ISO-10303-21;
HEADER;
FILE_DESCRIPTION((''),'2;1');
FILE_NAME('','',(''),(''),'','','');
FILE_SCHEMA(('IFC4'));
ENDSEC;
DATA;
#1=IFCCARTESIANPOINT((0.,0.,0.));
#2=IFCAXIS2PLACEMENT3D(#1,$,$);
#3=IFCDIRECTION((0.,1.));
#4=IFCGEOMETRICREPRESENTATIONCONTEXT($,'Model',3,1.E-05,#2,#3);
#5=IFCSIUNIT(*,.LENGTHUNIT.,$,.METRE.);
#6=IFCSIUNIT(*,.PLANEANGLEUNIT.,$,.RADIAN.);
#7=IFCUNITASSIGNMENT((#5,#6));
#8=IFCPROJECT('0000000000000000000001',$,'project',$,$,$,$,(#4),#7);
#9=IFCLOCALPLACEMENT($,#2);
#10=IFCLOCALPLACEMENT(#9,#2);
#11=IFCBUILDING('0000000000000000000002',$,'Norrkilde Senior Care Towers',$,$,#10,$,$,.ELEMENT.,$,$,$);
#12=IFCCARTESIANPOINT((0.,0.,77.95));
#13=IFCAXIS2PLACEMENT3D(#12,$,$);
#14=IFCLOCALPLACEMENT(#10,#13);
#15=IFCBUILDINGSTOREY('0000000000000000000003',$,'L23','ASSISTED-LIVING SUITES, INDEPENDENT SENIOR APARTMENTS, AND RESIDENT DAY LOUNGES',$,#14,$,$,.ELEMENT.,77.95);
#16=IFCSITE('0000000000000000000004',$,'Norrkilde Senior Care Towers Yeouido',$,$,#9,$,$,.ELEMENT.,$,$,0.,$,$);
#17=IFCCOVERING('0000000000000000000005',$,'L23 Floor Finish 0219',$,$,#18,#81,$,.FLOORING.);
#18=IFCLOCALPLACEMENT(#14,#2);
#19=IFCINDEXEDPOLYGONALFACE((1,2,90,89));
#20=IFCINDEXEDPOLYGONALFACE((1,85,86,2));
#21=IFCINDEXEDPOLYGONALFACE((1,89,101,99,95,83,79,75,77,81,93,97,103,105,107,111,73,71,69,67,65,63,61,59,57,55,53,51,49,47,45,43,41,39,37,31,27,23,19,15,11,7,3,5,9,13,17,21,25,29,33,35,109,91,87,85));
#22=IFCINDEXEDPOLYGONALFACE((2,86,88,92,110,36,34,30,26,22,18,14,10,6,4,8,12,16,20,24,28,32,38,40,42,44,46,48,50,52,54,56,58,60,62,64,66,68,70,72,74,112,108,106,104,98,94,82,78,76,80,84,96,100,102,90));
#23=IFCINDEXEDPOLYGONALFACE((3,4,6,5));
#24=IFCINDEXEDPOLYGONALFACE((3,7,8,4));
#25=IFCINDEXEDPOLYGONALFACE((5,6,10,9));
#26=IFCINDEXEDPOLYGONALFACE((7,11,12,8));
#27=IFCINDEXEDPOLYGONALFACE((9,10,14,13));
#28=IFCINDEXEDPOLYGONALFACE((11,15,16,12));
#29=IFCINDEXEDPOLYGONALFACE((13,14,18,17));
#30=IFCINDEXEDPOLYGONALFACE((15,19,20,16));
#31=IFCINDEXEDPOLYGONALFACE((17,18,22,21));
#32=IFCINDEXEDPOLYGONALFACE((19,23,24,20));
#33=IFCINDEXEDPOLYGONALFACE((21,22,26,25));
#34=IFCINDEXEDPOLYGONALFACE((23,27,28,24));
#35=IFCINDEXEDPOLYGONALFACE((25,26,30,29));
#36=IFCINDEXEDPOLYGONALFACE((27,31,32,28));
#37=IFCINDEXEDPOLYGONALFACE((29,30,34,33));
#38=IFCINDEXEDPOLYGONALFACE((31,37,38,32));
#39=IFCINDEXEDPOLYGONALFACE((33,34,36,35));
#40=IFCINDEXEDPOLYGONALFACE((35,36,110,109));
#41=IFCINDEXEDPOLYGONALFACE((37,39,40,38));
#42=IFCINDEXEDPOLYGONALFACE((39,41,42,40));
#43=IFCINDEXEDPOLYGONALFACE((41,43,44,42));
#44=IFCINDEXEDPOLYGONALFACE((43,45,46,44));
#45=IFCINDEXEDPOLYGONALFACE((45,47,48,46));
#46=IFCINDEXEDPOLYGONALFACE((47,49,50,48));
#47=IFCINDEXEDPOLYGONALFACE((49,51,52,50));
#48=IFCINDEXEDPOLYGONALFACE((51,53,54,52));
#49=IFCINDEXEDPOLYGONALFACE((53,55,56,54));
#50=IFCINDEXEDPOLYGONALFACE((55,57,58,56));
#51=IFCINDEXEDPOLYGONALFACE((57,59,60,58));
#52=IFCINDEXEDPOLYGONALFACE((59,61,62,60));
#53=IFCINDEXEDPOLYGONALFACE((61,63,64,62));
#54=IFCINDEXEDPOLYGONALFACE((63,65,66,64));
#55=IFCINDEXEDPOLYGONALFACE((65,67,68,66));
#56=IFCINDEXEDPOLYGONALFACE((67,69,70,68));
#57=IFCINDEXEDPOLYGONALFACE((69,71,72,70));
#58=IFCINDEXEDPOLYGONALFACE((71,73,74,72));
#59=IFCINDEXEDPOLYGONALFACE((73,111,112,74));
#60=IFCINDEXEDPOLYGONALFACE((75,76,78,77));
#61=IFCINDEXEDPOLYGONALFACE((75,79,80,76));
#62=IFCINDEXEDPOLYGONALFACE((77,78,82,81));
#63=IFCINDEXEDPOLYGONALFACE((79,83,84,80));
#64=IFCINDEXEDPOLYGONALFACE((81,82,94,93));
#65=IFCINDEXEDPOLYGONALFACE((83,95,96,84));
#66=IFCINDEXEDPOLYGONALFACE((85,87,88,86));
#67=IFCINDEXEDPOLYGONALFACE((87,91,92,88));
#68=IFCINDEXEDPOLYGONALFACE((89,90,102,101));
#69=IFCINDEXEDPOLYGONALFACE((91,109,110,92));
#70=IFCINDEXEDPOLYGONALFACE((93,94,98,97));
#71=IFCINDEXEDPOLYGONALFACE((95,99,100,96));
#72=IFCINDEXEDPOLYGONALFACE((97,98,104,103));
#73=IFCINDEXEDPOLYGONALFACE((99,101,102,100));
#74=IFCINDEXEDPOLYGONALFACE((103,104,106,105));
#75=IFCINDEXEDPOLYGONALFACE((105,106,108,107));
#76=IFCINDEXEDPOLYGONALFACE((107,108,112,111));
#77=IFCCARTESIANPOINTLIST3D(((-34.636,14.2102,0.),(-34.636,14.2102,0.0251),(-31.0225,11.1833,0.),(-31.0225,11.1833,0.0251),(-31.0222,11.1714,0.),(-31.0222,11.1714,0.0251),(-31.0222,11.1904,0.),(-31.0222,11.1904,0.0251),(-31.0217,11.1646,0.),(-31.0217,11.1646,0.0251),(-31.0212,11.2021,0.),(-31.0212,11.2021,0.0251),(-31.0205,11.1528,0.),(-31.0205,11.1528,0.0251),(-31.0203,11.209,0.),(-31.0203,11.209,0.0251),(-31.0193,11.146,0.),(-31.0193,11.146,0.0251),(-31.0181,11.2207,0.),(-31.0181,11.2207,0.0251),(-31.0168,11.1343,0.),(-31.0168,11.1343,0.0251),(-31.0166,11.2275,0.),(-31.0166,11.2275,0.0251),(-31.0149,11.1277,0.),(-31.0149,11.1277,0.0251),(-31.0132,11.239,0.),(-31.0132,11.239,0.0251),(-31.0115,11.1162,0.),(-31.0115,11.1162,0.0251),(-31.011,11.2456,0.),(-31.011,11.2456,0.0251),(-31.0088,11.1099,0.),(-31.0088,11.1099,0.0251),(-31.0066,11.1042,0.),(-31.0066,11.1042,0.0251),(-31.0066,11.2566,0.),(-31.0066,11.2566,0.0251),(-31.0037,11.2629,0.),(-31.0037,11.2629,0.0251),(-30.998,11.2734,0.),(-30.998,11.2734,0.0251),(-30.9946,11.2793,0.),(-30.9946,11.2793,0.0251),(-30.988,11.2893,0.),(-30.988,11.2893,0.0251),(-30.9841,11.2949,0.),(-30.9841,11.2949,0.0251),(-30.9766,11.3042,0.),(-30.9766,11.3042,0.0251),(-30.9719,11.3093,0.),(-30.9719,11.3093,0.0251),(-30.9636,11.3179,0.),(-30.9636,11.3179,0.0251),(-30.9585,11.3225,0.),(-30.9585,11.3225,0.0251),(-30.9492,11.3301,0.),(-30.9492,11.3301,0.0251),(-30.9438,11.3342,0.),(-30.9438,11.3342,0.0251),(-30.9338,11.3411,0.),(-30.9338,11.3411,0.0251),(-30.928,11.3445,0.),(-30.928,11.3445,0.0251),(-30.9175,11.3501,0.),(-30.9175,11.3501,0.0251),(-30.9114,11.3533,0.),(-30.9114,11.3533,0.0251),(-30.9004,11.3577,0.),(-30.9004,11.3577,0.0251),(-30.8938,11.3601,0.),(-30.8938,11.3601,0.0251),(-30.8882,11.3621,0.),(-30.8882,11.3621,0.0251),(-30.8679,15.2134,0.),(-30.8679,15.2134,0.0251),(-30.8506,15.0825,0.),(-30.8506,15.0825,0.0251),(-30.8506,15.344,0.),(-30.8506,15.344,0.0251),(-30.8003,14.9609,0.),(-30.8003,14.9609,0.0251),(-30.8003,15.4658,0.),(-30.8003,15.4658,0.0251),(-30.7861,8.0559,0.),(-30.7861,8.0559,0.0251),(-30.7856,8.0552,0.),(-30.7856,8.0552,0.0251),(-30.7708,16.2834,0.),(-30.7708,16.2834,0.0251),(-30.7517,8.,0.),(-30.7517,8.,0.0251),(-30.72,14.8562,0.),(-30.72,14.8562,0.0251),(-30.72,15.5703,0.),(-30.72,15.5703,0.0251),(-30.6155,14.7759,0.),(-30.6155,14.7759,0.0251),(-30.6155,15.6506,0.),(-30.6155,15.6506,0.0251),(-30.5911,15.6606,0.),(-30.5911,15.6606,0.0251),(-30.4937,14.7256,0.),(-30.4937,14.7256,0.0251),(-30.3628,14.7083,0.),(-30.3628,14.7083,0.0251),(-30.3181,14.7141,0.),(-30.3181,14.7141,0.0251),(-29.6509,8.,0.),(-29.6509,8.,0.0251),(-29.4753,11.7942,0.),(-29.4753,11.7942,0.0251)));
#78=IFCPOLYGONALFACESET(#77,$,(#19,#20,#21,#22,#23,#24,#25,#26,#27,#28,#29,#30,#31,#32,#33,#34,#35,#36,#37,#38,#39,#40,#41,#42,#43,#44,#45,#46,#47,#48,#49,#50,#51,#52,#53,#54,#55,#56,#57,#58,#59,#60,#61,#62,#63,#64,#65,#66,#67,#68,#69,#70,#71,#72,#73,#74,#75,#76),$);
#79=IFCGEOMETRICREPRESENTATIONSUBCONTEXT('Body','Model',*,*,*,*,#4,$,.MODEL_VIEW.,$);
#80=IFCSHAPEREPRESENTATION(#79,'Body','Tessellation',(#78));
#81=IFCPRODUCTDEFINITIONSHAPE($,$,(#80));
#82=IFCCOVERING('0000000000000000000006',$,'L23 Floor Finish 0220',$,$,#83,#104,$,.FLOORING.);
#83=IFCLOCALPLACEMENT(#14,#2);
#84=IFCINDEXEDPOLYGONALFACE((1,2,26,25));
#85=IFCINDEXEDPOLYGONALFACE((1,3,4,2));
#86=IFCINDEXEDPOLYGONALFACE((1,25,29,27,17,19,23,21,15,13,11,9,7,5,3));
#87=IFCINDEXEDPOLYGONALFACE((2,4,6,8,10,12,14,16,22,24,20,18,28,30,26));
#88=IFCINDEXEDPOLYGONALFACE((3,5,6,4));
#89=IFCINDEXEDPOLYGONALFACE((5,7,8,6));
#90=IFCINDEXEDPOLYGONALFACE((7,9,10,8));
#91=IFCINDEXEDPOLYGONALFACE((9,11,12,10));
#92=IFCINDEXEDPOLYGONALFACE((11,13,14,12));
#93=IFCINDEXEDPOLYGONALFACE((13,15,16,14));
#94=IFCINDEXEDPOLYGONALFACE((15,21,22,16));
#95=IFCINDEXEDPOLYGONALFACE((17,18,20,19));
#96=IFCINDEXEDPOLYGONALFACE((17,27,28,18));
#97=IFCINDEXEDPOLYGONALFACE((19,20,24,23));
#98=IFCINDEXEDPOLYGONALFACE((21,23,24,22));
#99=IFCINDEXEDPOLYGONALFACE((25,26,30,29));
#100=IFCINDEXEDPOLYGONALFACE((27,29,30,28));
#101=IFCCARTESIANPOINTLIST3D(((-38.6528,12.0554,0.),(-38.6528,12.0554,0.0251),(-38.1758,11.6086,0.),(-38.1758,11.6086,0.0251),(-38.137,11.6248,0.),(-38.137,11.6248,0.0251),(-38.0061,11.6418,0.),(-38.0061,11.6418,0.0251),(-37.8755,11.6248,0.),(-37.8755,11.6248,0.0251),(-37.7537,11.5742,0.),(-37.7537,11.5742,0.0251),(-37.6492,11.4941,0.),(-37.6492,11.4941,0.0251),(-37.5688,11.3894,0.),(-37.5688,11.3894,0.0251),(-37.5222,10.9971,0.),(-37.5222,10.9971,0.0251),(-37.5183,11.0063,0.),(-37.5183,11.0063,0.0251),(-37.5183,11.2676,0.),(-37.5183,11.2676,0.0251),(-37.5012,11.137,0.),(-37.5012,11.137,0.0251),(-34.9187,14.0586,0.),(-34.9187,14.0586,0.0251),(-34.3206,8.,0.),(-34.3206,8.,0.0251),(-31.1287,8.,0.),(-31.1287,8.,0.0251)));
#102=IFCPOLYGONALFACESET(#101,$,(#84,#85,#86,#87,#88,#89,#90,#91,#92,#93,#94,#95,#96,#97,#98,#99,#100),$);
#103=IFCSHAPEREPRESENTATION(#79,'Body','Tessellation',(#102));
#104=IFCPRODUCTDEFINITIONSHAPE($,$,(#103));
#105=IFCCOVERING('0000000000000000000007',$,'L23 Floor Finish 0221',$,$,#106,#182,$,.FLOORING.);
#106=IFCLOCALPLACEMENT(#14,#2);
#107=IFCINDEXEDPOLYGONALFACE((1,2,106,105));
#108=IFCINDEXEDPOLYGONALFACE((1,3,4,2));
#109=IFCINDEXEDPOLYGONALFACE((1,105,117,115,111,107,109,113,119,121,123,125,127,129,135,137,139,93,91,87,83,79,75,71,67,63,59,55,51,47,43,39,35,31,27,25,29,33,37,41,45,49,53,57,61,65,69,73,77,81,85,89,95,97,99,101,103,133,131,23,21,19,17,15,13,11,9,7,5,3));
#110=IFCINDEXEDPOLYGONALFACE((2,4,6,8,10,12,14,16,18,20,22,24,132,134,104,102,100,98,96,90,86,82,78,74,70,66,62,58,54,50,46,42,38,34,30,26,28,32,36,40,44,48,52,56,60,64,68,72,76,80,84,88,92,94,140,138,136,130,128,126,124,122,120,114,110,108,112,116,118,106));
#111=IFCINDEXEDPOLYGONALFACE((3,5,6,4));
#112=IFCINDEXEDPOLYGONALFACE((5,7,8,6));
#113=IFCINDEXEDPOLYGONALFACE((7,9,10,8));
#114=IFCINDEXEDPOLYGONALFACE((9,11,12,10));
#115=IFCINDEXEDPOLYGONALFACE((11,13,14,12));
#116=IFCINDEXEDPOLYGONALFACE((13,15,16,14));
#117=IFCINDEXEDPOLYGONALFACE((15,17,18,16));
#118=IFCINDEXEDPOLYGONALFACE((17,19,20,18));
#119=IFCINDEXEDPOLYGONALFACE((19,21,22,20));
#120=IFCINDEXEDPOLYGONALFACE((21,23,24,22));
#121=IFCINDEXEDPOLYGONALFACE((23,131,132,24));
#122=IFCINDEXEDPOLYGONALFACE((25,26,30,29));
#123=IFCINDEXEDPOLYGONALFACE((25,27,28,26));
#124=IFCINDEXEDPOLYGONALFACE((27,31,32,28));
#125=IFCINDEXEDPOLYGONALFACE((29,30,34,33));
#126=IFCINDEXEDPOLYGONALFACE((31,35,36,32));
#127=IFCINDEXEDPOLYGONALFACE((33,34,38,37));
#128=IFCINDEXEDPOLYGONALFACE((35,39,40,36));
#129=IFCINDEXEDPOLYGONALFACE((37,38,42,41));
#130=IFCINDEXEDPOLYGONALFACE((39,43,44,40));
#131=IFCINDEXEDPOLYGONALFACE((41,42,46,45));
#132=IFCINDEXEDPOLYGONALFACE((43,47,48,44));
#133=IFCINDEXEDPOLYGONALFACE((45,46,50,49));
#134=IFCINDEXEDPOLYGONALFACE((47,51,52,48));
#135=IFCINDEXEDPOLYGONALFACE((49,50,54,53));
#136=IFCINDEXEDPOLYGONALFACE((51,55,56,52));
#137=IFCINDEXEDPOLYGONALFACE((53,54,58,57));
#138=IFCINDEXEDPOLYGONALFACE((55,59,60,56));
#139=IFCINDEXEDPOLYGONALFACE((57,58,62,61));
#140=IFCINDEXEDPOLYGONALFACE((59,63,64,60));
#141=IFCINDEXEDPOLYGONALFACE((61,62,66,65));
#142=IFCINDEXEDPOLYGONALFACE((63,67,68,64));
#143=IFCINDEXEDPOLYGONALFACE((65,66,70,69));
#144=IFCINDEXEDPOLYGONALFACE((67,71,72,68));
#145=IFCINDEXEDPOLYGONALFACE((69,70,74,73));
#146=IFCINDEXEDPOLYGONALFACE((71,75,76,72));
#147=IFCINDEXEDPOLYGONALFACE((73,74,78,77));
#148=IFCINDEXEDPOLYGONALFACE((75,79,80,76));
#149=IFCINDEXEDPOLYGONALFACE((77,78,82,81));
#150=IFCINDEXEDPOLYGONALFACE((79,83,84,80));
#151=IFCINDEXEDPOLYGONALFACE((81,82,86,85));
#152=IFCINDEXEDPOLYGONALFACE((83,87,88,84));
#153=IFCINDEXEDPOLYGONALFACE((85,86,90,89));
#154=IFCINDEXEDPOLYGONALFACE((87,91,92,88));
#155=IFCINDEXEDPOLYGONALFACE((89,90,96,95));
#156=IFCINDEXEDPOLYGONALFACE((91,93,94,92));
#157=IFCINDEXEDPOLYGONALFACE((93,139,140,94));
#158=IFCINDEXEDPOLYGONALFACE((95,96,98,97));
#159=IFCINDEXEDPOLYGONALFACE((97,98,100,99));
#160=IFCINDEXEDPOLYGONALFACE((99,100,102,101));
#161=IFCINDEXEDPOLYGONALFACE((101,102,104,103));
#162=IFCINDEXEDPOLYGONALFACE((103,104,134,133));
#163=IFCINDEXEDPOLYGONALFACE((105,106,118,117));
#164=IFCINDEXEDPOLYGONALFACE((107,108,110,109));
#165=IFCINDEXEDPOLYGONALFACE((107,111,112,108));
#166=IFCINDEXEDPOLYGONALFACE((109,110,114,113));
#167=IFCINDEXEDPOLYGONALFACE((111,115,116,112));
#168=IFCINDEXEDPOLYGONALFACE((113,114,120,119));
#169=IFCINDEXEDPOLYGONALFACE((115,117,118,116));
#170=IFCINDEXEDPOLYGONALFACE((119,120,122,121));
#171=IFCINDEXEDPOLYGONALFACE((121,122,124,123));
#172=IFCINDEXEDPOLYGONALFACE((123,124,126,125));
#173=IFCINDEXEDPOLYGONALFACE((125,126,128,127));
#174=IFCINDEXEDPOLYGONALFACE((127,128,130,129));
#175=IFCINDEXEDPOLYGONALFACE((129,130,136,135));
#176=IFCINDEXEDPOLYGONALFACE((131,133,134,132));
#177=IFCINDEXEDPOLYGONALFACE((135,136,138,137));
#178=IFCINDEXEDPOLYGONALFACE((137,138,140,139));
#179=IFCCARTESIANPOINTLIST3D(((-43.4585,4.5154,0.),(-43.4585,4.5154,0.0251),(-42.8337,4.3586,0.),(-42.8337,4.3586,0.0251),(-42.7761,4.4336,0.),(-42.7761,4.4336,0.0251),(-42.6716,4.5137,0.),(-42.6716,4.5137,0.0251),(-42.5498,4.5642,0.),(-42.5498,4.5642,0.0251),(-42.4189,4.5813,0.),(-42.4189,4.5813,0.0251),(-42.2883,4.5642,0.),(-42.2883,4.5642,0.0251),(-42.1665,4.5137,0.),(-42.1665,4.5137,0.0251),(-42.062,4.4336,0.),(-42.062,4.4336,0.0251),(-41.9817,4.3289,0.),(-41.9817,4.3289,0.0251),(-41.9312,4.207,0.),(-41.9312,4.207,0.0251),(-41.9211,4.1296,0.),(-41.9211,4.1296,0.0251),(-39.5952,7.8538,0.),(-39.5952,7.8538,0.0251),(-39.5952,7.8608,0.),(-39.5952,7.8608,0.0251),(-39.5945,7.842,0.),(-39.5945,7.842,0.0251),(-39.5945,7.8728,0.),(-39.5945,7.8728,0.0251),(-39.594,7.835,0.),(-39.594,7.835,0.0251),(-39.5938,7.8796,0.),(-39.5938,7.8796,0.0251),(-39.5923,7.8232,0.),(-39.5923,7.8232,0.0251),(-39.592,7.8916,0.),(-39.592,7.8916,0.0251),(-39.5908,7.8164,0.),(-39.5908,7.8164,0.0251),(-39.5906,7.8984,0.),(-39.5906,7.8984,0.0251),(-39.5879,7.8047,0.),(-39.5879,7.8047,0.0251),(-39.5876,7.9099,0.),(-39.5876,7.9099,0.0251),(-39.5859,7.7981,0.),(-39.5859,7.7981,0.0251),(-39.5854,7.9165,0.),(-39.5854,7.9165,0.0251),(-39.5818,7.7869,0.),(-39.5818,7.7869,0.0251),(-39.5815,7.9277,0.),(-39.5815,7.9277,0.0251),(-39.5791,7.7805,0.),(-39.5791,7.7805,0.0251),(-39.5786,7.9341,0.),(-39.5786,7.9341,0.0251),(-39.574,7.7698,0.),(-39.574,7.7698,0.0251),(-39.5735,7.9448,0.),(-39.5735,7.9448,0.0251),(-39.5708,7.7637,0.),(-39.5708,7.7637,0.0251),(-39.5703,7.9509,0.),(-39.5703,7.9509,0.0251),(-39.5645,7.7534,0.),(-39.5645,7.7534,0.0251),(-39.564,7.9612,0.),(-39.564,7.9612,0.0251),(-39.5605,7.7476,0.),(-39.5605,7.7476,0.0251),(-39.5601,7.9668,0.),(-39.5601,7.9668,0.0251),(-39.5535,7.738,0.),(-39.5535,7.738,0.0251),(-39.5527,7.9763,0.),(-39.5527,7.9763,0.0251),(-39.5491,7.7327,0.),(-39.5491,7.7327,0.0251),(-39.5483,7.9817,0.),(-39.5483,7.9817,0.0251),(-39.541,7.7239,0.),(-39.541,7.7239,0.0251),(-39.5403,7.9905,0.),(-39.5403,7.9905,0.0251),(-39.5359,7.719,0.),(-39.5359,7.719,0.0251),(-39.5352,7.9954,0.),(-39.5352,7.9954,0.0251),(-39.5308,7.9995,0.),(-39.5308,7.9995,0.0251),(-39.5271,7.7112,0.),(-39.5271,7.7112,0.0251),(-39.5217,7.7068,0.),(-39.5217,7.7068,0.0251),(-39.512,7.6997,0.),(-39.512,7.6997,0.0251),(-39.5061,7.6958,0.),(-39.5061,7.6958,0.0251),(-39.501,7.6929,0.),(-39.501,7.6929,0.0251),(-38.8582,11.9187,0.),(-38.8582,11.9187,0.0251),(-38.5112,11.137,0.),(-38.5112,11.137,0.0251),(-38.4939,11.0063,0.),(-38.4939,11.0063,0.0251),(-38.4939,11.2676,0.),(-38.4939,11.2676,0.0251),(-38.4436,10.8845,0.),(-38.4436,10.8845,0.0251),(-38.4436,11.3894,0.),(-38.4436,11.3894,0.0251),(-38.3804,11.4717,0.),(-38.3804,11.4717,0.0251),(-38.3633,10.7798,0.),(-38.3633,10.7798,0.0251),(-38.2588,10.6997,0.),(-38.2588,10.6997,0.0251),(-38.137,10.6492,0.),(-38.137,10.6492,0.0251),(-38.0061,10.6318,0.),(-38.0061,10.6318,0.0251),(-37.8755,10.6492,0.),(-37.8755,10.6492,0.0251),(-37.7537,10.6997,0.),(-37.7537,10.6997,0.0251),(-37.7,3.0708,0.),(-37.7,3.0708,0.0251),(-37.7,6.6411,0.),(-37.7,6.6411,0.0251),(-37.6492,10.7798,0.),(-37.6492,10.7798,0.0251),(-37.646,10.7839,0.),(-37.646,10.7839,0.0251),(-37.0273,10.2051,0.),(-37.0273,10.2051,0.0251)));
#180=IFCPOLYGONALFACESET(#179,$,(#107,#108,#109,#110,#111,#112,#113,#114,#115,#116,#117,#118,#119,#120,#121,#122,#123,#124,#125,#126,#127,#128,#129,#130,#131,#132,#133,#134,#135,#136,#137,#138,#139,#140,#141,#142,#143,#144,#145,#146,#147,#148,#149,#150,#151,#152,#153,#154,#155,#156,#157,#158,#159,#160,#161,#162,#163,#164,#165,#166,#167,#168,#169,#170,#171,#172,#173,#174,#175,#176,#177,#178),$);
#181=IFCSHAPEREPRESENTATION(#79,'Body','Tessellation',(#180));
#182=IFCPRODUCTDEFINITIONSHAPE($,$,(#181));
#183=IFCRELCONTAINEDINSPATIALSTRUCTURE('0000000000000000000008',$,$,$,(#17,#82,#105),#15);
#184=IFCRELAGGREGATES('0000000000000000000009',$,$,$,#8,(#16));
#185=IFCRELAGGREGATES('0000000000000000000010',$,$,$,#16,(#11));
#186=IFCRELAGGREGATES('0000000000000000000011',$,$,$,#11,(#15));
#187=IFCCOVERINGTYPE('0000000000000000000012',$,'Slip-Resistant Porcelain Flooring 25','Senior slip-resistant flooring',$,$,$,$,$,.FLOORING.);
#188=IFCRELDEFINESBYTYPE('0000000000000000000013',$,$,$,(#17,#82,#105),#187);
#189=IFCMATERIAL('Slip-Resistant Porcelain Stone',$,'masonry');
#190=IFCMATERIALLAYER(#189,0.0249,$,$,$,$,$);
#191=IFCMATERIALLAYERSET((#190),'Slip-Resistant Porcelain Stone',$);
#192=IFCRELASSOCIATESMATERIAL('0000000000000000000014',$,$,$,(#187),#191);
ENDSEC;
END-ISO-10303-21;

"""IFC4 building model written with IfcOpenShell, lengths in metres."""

from ifc_helpers import new_model, si_unit, direction, frame, origin, place, context, subcontext, project, spatial, polyline, outline, extrude, material, layer, layer_set, type_object, element, save


model = new_model("IFC4")

# Units and contexts
model_context = context("Model", 3, precision=1e-05, world=origin(), true_north=direction((0.0, 1.0)))
body_context = subcontext(model_context, "Body", "Model", "MODEL_VIEW")
ifc_project = project(units=[si_unit("LENGTHUNIT", "METRE"), si_unit("PLANEANGLEUNIT", "RADIAN")], contexts=[model_context])

# Site, building, storey
site_placement = place(None, origin())
site = spatial("IfcSite", under=ifc_project, at=site_placement, Name="Norrkilde Senior Care Towers Yeouido", CompositionType="ELEMENT", RefElevation=0.0)
building_placement = place(site_placement, origin())
building = spatial("IfcBuilding", under=site, at=building_placement, Name="Norrkilde Senior Care Towers", CompositionType="ELEMENT")
storey_placement = place(building_placement, frame((0.0, 0.0, 77.95)))
storey = spatial("IfcBuildingStorey", under=building, at=storey_placement, Name="L23", Description="ASSISTED-LIVING SUITES, INDEPENDENT SENIOR APARTMENTS, AND RESIDENT DAY LOUNGES", CompositionType="ELEMENT", Elevation=77.95)

# Coverings
ifc_material_1 = material(Name="Slip-Resistant Porcelain Stone", Category="masonry")
ifc_layer_1 = layer(ifc_material_1, 0.0249)
ifc_layer_set_1 = layer_set([ifc_layer_1], Name="Slip-Resistant Porcelain Stone")
covering_type_1 = type_object("IfcCoveringType", Name="Slip-Resistant Porcelain Flooring 25", Description="Senior slip-resistant flooring", PredefinedType="FLOORING", material=ifc_layer_set_1)
covering_1_placement = place(storey_placement, origin())
element("IfcCovering", 1, at=covering_1_placement, inside=storey, type_object=covering_type_1, Name="L23 Floor Finish 0219", PredefinedType="FLOORING", context=body_context, shape_type="SweptSolid", body=[
    extrude(outline(polyline([(-30.9114, 11.3533), (-30.9175, 11.3501), (-30.928, 11.3445), (-30.9338, 11.3411), (-30.9438, 11.3342), (-30.9492, 11.3301), (-30.9585, 11.3225), (-30.9636, 11.3179), (-30.9719, 11.3093), (-30.9766, 11.3042), (-30.9841, 11.2949), (-30.988, 11.2893), (-30.9946, 11.2793), (-30.998, 11.2734), (-31.0037, 11.2629), (-31.0066, 11.2566), (-31.011, 11.2456), (-31.0132, 11.239), (-31.0166, 11.2275), (-31.0181, 11.2207), (-31.0203, 11.209), (-31.0212, 11.2021), (-31.0222, 11.1904), (-31.0225, 11.1833), (-31.0222, 11.1714), (-31.0217, 11.1646), (-31.0205, 11.1528), (-31.0193, 11.146), (-31.0168, 11.1343), (-31.0149, 11.1277), (-31.0115, 11.1162), (-31.0088, 11.1099), (-31.0066, 11.1042), (-29.6509, 8.0), (-30.7517, 8.0), (-30.7856, 8.0552), (-30.7861, 8.0559), (-34.636, 14.2102), (-30.7708, 16.2834), (-30.5911, 15.6606), (-30.6155, 15.6506), (-30.72, 15.5703), (-30.8003, 15.4658), (-30.8506, 15.344), (-30.8679, 15.2134), (-30.8506, 15.0825), (-30.8003, 14.9609), (-30.72, 14.8562), (-30.6155, 14.7759), (-30.4937, 14.7256), (-30.3628, 14.7083), (-30.3181, 14.7141), (-29.4753, 11.7942), (-30.8882, 11.3621), (-30.8938, 11.3601), (-30.9004, 11.3577), (-30.9114, 11.3533)])), origin(), (0.0, 0.0, 1.0), 0.0251),
])
covering_2_placement = place(storey_placement, origin())
element("IfcCovering", 2, at=covering_2_placement, inside=storey, type_object=covering_type_1, Name="L23 Floor Finish 0220", PredefinedType="FLOORING", context=body_context, shape_type="SweptSolid", body=[
    extrude(outline(polyline([(-34.3206, 8.0), (-37.5222, 10.9971), (-37.5183, 11.0063), (-37.5012, 11.137), (-37.5183, 11.2676), (-37.5688, 11.3894), (-37.6492, 11.4941), (-37.7537, 11.5742), (-37.8755, 11.6248), (-38.0061, 11.6418), (-38.137, 11.6248), (-38.1758, 11.6086), (-38.6528, 12.0554), (-34.9187, 14.0586), (-31.1287, 8.0), (-34.3206, 8.0)])), origin(), (0.0, 0.0, 1.0), 0.0251),
])
covering_3_placement = place(storey_placement, origin())
element("IfcCovering", 3, at=covering_3_placement, inside=storey, type_object=covering_type_1, Name="L23 Floor Finish 0221", PredefinedType="FLOORING", context=body_context, shape_type="SweptSolid", body=[
    extrude(outline(polyline([(-39.5601, 7.9668), (-39.564, 7.9612), (-39.5703, 7.9509), (-39.5735, 7.9448), (-39.5786, 7.9341), (-39.5815, 7.9277), (-39.5854, 7.9165), (-39.5876, 7.9099), (-39.5906, 7.8984), (-39.592, 7.8916), (-39.5938, 7.8796), (-39.5945, 7.8728), (-39.5952, 7.8608), (-39.5952, 7.8538), (-39.5945, 7.842), (-39.594, 7.835), (-39.5923, 7.8232), (-39.5908, 7.8164), (-39.5879, 7.8047), (-39.5859, 7.7981), (-39.5818, 7.7869), (-39.5791, 7.7805), (-39.574, 7.7698), (-39.5708, 7.7637), (-39.5645, 7.7534), (-39.5605, 7.7476), (-39.5535, 7.738), (-39.5491, 7.7327), (-39.541, 7.7239), (-39.5359, 7.719), (-39.5271, 7.7112), (-39.5217, 7.7068), (-39.512, 7.6997), (-39.5061, 7.6958), (-39.501, 7.6929), (-37.7, 6.6411), (-37.7, 3.0708), (-41.9211, 4.1296), (-41.9312, 4.207), (-41.9817, 4.3289), (-42.062, 4.4336), (-42.1665, 4.5137), (-42.2883, 4.5642), (-42.4189, 4.5813), (-42.5498, 4.5642), (-42.6716, 4.5137), (-42.7761, 4.4336), (-42.8337, 4.3586), (-43.4585, 4.5154), (-38.8582, 11.9187), (-38.3804, 11.4717), (-38.4436, 11.3894), (-38.4939, 11.2676), (-38.5112, 11.137), (-38.4939, 11.0063), (-38.4436, 10.8845), (-38.3633, 10.7798), (-38.2588, 10.6997), (-38.137, 10.6492), (-38.0061, 10.6318), (-37.8755, 10.6492), (-37.7537, 10.6997), (-37.6492, 10.7798), (-37.646, 10.7839), (-37.0273, 10.2051), (-39.5308, 7.9995), (-39.5352, 7.9954), (-39.5403, 7.9905), (-39.5483, 7.9817), (-39.5527, 7.9763), (-39.5601, 7.9668)])), origin(), (0.0, 0.0, 1.0), 0.0251),
])

save(model, "model.ifc")
